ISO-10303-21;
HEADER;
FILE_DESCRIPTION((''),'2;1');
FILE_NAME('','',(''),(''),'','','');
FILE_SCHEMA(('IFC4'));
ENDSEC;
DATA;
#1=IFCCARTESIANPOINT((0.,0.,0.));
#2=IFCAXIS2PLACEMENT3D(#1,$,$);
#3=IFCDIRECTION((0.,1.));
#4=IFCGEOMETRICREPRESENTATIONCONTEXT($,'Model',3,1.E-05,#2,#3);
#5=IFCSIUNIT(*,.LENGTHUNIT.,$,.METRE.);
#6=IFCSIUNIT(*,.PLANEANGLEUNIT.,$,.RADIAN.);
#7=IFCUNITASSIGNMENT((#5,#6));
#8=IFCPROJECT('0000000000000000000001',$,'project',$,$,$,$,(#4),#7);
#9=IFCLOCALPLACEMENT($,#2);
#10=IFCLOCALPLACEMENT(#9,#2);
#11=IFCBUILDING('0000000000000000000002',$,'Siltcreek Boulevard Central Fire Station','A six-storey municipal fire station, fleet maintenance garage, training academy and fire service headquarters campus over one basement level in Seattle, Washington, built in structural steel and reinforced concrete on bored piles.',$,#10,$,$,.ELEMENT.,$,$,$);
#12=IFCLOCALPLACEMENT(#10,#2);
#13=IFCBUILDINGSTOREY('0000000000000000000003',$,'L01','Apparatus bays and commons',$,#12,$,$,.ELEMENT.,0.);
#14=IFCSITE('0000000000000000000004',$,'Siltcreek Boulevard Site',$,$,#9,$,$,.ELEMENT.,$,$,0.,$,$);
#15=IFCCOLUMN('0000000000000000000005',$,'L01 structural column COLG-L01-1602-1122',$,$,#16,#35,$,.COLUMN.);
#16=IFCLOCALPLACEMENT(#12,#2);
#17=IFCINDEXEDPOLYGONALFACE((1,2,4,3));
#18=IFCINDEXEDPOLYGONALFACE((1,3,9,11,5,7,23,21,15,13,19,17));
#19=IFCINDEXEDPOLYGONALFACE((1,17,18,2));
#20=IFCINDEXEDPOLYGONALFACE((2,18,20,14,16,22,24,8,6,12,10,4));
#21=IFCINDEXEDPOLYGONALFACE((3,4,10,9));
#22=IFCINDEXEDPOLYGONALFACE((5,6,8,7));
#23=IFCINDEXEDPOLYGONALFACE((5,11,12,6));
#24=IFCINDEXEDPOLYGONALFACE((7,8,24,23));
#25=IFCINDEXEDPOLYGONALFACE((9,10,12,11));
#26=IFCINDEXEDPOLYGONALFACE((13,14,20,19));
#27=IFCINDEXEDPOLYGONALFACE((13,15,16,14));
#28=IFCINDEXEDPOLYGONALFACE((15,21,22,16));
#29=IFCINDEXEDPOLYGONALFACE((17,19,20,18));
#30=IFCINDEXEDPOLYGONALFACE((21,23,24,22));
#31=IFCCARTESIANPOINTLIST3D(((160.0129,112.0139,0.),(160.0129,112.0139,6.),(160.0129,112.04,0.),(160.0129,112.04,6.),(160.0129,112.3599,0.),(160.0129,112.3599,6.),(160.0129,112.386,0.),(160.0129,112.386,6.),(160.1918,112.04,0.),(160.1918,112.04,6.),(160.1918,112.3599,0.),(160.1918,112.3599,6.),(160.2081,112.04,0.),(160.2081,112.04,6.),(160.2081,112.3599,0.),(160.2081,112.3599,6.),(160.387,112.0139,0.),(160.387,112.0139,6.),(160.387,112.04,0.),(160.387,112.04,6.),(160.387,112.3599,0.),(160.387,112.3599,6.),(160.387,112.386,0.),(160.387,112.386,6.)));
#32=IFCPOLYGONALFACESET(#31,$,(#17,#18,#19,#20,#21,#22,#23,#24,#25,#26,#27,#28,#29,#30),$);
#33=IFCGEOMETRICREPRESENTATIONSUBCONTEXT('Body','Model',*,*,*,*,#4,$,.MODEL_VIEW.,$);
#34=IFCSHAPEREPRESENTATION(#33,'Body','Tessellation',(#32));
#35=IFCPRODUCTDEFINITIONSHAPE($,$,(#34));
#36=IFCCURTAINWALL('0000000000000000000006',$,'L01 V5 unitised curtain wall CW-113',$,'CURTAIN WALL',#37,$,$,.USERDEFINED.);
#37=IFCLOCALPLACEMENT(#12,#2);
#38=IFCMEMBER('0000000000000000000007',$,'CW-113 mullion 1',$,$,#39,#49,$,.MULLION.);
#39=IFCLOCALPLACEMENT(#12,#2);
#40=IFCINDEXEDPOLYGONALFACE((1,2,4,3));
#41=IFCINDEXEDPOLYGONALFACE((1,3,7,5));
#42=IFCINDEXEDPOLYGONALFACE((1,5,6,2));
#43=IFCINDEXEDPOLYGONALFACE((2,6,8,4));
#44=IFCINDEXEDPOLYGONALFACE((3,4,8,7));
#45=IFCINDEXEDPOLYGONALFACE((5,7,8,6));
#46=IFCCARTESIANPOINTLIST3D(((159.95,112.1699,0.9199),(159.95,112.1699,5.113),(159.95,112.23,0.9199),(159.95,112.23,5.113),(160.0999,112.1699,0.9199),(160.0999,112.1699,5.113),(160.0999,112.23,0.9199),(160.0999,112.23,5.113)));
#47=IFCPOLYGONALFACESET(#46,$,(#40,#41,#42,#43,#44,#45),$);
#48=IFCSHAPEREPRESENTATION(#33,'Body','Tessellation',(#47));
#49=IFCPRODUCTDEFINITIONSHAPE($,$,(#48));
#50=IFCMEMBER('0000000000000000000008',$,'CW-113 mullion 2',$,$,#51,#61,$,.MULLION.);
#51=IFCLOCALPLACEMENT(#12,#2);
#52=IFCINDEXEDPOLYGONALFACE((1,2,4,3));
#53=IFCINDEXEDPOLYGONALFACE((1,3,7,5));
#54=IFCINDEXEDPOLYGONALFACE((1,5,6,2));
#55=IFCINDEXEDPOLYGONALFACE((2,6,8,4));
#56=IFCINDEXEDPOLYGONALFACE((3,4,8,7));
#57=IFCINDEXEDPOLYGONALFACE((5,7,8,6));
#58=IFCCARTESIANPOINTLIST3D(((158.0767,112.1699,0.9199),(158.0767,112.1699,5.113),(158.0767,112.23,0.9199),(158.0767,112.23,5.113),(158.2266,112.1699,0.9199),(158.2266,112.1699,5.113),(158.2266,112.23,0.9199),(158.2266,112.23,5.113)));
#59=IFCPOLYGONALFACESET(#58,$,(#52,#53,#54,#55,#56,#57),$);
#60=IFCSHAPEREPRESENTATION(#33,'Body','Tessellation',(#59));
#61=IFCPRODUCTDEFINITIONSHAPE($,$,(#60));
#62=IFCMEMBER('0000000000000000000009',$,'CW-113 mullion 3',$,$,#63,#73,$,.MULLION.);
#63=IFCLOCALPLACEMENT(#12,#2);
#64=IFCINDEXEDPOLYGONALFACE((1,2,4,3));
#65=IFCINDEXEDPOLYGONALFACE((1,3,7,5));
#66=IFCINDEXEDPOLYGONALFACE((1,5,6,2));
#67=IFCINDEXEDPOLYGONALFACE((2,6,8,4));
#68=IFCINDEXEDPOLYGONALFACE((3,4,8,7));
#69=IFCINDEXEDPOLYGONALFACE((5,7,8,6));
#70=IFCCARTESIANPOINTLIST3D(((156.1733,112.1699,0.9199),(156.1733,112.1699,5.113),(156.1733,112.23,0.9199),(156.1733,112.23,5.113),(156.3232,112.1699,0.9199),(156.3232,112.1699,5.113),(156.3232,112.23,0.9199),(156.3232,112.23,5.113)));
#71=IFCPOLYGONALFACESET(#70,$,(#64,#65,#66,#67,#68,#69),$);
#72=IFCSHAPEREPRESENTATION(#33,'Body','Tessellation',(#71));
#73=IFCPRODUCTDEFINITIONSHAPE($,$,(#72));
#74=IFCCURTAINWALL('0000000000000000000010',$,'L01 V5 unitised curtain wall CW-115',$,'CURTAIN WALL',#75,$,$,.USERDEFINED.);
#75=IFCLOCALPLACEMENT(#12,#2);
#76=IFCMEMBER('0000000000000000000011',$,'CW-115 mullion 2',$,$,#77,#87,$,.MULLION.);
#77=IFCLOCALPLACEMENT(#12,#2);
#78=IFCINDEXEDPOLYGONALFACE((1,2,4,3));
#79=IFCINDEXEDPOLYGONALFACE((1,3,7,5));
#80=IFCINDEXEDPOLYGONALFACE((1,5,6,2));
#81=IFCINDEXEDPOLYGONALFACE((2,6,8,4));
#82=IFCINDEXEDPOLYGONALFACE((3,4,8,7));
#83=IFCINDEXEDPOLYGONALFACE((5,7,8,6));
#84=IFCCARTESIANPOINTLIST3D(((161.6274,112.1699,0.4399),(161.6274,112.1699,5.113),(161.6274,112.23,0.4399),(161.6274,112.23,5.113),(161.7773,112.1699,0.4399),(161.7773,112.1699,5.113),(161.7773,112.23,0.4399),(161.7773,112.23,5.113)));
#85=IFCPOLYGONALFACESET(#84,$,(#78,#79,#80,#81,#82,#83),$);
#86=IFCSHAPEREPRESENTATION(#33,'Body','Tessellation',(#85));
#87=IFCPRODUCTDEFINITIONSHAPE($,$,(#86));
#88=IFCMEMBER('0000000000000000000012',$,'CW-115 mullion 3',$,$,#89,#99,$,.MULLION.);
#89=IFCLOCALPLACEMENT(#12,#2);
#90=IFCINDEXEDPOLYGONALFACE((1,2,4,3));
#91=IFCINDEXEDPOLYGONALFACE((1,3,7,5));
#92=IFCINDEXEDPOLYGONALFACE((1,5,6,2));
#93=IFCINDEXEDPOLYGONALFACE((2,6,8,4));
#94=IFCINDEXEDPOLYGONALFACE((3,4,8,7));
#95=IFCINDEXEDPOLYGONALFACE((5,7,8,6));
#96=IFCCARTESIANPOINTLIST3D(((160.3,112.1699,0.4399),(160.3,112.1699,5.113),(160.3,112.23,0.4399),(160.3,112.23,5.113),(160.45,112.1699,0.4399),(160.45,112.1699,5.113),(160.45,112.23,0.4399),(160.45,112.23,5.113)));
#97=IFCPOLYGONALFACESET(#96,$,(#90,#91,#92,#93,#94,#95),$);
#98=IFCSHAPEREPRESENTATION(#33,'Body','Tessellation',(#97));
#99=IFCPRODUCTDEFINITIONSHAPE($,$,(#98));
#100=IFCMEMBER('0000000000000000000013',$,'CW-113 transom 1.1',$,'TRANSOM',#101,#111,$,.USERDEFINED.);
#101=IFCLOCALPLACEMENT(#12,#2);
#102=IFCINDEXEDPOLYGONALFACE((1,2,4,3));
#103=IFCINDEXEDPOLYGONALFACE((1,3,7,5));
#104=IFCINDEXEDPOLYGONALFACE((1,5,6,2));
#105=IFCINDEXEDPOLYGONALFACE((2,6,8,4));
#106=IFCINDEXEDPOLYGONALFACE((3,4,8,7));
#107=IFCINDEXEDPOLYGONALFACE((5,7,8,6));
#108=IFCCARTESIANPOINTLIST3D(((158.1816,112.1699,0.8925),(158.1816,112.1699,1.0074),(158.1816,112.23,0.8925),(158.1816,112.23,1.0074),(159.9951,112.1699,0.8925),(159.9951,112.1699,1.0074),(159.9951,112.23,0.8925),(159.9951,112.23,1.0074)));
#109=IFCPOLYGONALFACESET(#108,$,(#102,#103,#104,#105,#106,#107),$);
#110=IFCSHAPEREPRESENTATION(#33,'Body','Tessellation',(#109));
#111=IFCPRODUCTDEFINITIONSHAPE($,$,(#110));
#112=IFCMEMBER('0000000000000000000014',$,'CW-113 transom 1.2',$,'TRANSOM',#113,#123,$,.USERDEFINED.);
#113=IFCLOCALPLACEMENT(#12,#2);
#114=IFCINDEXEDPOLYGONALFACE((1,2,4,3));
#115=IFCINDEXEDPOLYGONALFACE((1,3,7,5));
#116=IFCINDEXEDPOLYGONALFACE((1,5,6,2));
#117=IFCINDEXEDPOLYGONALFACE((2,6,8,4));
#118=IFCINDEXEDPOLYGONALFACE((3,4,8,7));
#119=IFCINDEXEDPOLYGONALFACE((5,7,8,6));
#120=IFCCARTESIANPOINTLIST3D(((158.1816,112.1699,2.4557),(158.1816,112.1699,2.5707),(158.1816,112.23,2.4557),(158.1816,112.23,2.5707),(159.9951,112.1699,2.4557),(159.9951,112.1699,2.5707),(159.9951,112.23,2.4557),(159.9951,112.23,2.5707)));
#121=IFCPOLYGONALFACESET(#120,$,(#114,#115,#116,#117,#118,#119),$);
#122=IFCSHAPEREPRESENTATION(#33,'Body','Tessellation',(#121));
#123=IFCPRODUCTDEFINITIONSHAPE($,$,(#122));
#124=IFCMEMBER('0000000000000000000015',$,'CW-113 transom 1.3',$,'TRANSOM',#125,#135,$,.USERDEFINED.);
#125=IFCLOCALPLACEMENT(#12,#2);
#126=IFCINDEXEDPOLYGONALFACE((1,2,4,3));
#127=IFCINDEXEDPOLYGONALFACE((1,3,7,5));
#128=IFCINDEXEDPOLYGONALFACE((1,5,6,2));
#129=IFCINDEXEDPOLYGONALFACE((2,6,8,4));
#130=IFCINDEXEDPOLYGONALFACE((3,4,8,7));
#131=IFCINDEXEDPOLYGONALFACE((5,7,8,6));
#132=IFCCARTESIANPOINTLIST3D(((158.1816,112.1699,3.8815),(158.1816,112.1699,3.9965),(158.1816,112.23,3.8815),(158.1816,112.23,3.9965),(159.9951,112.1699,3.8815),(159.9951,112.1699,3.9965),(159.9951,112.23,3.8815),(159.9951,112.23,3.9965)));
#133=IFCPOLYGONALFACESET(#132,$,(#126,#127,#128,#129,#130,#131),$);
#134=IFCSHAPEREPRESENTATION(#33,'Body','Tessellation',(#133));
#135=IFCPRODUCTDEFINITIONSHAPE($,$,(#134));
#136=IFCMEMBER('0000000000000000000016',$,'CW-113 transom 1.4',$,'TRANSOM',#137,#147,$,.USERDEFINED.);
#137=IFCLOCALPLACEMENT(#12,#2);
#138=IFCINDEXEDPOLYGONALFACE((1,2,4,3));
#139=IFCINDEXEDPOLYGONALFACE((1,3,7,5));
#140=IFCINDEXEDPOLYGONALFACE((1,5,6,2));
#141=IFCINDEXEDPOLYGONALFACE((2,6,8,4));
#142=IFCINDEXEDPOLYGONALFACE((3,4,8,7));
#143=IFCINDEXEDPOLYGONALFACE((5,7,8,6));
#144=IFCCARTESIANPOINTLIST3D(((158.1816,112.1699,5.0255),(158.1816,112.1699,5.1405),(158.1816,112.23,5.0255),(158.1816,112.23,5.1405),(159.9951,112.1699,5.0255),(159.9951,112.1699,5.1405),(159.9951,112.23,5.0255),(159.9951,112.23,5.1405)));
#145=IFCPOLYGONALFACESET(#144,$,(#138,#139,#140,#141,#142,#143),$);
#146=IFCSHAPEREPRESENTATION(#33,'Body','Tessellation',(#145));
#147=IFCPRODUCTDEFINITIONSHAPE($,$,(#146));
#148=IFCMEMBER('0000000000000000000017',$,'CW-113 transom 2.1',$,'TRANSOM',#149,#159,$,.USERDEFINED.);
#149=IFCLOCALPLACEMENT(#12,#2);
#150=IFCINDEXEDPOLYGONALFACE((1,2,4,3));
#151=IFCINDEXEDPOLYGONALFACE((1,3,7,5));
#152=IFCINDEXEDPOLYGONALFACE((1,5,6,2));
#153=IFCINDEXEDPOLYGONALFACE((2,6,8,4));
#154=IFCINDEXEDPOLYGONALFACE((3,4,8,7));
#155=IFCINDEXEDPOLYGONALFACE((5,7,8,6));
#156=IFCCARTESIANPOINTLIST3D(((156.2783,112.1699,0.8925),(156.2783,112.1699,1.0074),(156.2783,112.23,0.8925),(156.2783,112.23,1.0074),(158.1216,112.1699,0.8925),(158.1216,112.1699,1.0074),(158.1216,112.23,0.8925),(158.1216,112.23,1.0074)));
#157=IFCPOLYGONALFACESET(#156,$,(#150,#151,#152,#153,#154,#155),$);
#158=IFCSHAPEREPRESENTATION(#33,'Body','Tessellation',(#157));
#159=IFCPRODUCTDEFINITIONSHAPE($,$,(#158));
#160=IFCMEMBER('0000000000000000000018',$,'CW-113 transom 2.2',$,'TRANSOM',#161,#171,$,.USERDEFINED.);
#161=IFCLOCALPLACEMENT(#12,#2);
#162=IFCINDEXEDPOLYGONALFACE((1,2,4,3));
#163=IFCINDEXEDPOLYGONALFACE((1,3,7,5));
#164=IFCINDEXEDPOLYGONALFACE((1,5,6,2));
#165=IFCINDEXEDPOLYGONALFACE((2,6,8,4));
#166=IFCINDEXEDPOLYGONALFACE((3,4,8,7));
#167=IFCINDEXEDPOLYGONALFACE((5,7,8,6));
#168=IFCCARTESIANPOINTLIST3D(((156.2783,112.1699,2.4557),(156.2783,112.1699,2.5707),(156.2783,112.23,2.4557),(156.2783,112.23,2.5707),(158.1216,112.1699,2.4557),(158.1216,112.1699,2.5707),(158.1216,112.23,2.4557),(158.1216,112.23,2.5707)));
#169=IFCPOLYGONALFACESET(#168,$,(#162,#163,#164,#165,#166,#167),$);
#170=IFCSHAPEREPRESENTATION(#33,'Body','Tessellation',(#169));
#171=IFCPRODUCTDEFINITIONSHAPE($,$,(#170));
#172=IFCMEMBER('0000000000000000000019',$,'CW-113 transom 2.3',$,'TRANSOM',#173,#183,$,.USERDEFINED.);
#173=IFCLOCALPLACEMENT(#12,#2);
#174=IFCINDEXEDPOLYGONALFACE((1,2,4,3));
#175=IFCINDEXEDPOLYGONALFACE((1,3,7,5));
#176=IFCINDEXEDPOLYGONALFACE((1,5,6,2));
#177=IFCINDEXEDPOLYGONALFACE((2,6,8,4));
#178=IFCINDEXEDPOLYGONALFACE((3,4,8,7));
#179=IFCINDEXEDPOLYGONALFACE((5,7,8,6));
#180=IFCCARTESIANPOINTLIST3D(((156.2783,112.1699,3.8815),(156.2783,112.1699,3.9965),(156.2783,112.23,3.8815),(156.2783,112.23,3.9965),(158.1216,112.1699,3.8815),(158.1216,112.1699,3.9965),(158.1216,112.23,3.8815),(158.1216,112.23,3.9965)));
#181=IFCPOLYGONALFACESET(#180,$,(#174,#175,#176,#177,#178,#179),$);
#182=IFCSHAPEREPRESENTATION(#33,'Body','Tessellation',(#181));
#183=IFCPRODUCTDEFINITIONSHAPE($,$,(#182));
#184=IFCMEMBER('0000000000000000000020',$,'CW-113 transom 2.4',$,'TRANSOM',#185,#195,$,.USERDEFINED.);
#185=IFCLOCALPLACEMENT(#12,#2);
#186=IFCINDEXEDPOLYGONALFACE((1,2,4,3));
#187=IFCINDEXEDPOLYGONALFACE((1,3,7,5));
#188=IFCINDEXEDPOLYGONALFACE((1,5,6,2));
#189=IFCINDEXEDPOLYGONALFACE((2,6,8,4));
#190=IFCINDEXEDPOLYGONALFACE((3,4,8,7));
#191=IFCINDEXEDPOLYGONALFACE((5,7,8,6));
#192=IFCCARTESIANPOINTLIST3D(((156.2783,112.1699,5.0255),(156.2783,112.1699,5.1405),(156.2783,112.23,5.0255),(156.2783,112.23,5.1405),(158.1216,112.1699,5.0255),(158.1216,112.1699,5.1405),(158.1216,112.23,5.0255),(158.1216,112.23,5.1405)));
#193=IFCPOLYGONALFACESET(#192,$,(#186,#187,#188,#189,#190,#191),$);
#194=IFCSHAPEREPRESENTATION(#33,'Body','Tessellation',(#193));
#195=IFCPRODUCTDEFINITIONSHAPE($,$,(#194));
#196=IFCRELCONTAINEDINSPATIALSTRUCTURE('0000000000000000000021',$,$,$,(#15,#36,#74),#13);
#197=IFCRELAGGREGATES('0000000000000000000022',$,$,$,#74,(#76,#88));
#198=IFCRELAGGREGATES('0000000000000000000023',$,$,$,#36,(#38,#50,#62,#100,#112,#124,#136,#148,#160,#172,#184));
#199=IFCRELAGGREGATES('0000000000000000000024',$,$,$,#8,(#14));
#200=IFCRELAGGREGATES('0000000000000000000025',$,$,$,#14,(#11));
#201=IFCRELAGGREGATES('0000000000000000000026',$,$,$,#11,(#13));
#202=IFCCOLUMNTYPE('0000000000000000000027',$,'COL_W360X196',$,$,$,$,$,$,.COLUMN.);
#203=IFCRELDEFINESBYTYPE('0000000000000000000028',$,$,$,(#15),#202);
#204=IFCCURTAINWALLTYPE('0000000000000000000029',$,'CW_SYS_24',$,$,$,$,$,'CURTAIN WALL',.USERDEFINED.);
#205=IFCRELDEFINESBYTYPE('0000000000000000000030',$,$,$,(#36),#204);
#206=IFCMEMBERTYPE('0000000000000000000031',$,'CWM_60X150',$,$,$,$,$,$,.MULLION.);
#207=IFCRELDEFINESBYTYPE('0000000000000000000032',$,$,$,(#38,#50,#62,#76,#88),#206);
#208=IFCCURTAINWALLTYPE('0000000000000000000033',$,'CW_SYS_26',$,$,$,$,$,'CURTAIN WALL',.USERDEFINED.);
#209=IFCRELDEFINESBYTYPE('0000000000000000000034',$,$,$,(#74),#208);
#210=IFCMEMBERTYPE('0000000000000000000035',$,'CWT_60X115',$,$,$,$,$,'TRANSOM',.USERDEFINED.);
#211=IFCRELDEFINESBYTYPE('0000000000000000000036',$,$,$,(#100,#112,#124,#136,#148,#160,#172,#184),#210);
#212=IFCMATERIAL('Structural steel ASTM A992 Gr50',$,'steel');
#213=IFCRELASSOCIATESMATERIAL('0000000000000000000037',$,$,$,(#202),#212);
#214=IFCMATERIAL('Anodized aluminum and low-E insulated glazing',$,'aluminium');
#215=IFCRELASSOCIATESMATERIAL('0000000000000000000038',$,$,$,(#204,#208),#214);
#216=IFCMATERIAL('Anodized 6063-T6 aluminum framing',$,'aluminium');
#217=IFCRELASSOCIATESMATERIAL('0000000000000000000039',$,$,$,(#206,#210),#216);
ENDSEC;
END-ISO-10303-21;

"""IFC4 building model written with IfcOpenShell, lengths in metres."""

from ifc_helpers import new_model, si_unit, direction, frame, origin, origin_2d, place, context, subcontext, project, spatial, rectangle, i_section, extrude, material, material_profile, profile_set, type_object, element, aggregate, save


model = new_model("IFC4")

# Units and contexts
model_context = context("Model", 3, precision=1e-05, world=origin(), true_north=direction((0.0, 1.0)))
body_context = subcontext(model_context, "Body", "Model", "MODEL_VIEW")
ifc_project = project(units=[si_unit("LENGTHUNIT", "METRE"), si_unit("PLANEANGLEUNIT", "RADIAN")], contexts=[model_context])

# Site, building, storey
site_placement = place(None, origin())
site = spatial("IfcSite", under=ifc_project, at=site_placement, Name="Siltcreek Boulevard Site", CompositionType="ELEMENT", RefElevation=0.0)
building_placement = place(site_placement, origin())
building = spatial("IfcBuilding", under=site, at=building_placement, Name="Siltcreek Boulevard Central Fire Station", Description="A six-storey municipal fire station, fleet maintenance garage, training academy and fire service headquarters campus over one basement level in Seattle, Washington, built in structural steel and reinforced concrete on bored piles.", CompositionType="ELEMENT")
storey_placement = place(building_placement, origin())
storey = spatial("IfcBuildingStorey", under=building, at=storey_placement, Name="L01", Description="Apparatus bays and commons", CompositionType="ELEMENT", Elevation=0.0)

# Column
ifc_material_1 = material(Name="Structural steel ASTM A992 Gr50", Category="steel")
ifc_material_profile_1 = material_profile(ifc_material_1, i_section(OverallWidth=0.374, OverallDepth=0.3721, WebThickness=0.0164, FlangeThickness=0.0261, at=origin_2d()), Name="W360X196")
ifc_profile_set_1 = profile_set([ifc_material_profile_1], Name="Structural steel ASTM A992 Gr50")
column_type = type_object("IfcColumnType", Name="COL_W360X196", PredefinedType="COLUMN", material=ifc_profile_set_1)
column_placement = place(storey_placement, frame((160.2, 112.2, 0.0), z_axis=(0.0, 0.0, 1.0), x_axis=(1.0, 0.0, 0.0)))
element("IfcColumn", 1, at=column_placement, inside=storey, type_object=column_type, Name="L01 structural column COLG-L01-1602-1122", PredefinedType="COLUMN", context=body_context, shape_type="SweptSolid", body=[
    extrude(i_section(OverallWidth=0.374, OverallDepth=0.3721, WebThickness=0.0164, FlangeThickness=0.0261, at=origin_2d()), origin(), (0.0, 0.0, 1.0), 6.0),
])

# Curtain walls, members
ifc_material_2 = material(Name="Anodized aluminum and low-E insulated glazing", Category="aluminium")
curtain_wall_type_1 = type_object("IfcCurtainWallType", Name="CW_SYS_24", ElementType="CURTAIN WALL", PredefinedType="USERDEFINED", material=ifc_material_2)
curtain_wall_1_placement = place(storey_placement, origin())
curtain_wall_1 = element("IfcCurtainWall", 2, at=curtain_wall_1_placement, inside=storey, type_object=curtain_wall_type_1, Name="L01 V5 unitised curtain wall CW-113", ObjectType="CURTAIN WALL", PredefinedType="USERDEFINED")
ifc_material_3 = material(Name="Anodized 6063-T6 aluminum framing", Category="aluminium")
ifc_material_profile_2 = material_profile(ifc_material_3, rectangle(XDim=0.0601, YDim=0.1499, at=origin_2d()), Name="MULL60X150")
ifc_profile_set_2 = profile_set([ifc_material_profile_2], Name="Anodized 6063-T6 aluminum framing")
member_type_1 = type_object("IfcMemberType", Name="CWM_60X150", PredefinedType="MULLION", material=ifc_profile_set_2)
member_1_placement = place(storey_placement, frame((160.0249, 112.2, 0.9199), z_axis=(0.0, 0.0, 1.0), x_axis=(0.0, -1.0, 0.0)))
member_1 = element("IfcMember", 3, at=member_1_placement, type_object=member_type_1, Name="CW-113 mullion 1", PredefinedType="MULLION", context=body_context, shape_type="SweptSolid", body=[
    extrude(rectangle(XDim=0.0601, YDim=0.1499, at=origin_2d()), origin(), (0.0, 0.0, 1.0), 4.1931),
])
member_2_placement = place(storey_placement, frame((158.1516, 112.2, 0.9199), z_axis=(0.0, 0.0, 1.0), x_axis=(0.0, -1.0, 0.0)))
member_2 = element("IfcMember", 4, at=member_2_placement, type_object=member_type_1, Name="CW-113 mullion 2", PredefinedType="MULLION", context=body_context, shape_type="SweptSolid", body=[
    extrude(rectangle(XDim=0.0601, YDim=0.1499, at=origin_2d()), origin(), (0.0, 0.0, 1.0), 4.1931),
])
member_3_placement = place(storey_placement, frame((156.2483, 112.2, 0.9199), z_axis=(0.0, 0.0, 1.0), x_axis=(0.0, -1.0, 0.0)))
member_3 = element("IfcMember", 5, at=member_3_placement, type_object=member_type_1, Name="CW-113 mullion 3", PredefinedType="MULLION", context=body_context, shape_type="SweptSolid", body=[
    extrude(rectangle(XDim=0.0601, YDim=0.1499, at=origin_2d()), origin(), (0.0, 0.0, 1.0), 4.1931),
])
curtain_wall_type_2 = type_object("IfcCurtainWallType", Name="CW_SYS_26", ElementType="CURTAIN WALL", PredefinedType="USERDEFINED", material=ifc_material_2)
curtain_wall_2_placement = place(storey_placement, origin())
curtain_wall_2 = element("IfcCurtainWall", 6, at=curtain_wall_2_placement, inside=storey, type_object=curtain_wall_type_2, Name="L01 V5 unitised curtain wall CW-115", ObjectType="CURTAIN WALL", PredefinedType="USERDEFINED")
member_4_placement = place(storey_placement, frame((161.7024, 112.2, 0.4399), z_axis=(0.0, 0.0, 1.0), x_axis=(0.0, -1.0, 0.0)))
member_4 = element("IfcMember", 7, at=member_4_placement, type_object=member_type_1, Name="CW-115 mullion 2", PredefinedType="MULLION", context=body_context, shape_type="SweptSolid", body=[
    extrude(rectangle(XDim=0.0601, YDim=0.1499, at=origin_2d()), origin(), (0.0, 0.0, 1.0), 4.6731),
])
member_5_placement = place(storey_placement, frame((160.375, 112.2, 0.4399), z_axis=(0.0, 0.0, 1.0), x_axis=(0.0, -1.0, 0.0)))
member_5 = element("IfcMember", 8, at=member_5_placement, type_object=member_type_1, Name="CW-115 mullion 3", PredefinedType="MULLION", context=body_context, shape_type="SweptSolid", body=[
    extrude(rectangle(XDim=0.0601, YDim=0.1499, at=origin_2d()), origin(), (0.0, 0.0, 1.0), 4.6731),
])

# Members
ifc_material_profile_3 = material_profile(ifc_material_3, rectangle(XDim=0.0601, YDim=0.115, at=origin_2d()), Name="TRAN60X115")
ifc_profile_set_3 = profile_set([ifc_material_profile_3], Name="Anodized 6063-T6 aluminum framing")
member_type_2 = type_object("IfcMemberType", Name="CWT_60X115", ElementType="TRANSOM", PredefinedType="USERDEFINED", material=ifc_profile_set_3)
member_6_placement = place(storey_placement, frame((159.9951, 112.2, 0.95), z_axis=(-1.0, 0.0, 0.0), x_axis=(0.0, -1.0, 0.0)))
member_6 = element("IfcMember", 9, at=member_6_placement, type_object=member_type_2, Name="CW-113 transom 1.1", ObjectType="TRANSOM", PredefinedType="USERDEFINED", context=body_context, shape_type="SweptSolid", body=[
    extrude(rectangle(XDim=0.0601, YDim=0.115, at=origin_2d()), origin(), (0.0, 0.0, 1.0), 1.8135),
])
member_7_placement = place(storey_placement, frame((159.9951, 112.2, 2.5132), z_axis=(-1.0, 0.0, 0.0), x_axis=(0.0, -1.0, 0.0)))
member_7 = element("IfcMember", 10, at=member_7_placement, type_object=member_type_2, Name="CW-113 transom 1.2", ObjectType="TRANSOM", PredefinedType="USERDEFINED", context=body_context, shape_type="SweptSolid", body=[
    extrude(rectangle(XDim=0.0601, YDim=0.115, at=origin_2d()), origin(), (0.0, 0.0, 1.0), 1.8135),
])
member_8_placement = place(storey_placement, frame((159.9951, 112.2, 3.939), z_axis=(-1.0, 0.0, 0.0), x_axis=(0.0, -1.0, 0.0)))
member_8 = element("IfcMember", 11, at=member_8_placement, type_object=member_type_2, Name="CW-113 transom 1.3", ObjectType="TRANSOM", PredefinedType="USERDEFINED", context=body_context, shape_type="SweptSolid", body=[
    extrude(rectangle(XDim=0.0601, YDim=0.115, at=origin_2d()), origin(), (0.0, 0.0, 1.0), 1.8135),
])
member_9_placement = place(storey_placement, frame((159.9951, 112.2, 5.083), z_axis=(-1.0, 0.0, 0.0), x_axis=(0.0, -1.0, 0.0)))
member_9 = element("IfcMember", 12, at=member_9_placement, type_object=member_type_2, Name="CW-113 transom 1.4", ObjectType="TRANSOM", PredefinedType="USERDEFINED", context=body_context, shape_type="SweptSolid", body=[
    extrude(rectangle(XDim=0.0601, YDim=0.115, at=origin_2d()), origin(), (0.0, 0.0, 1.0), 1.8135),
])
member_10_placement = place(storey_placement, frame((158.1216, 112.2, 0.95), z_axis=(-1.0, 0.0, 0.0), x_axis=(0.0, -1.0, 0.0)))
member_10 = element("IfcMember", 13, at=member_10_placement, type_object=member_type_2, Name="CW-113 transom 2.1", ObjectType="TRANSOM", PredefinedType="USERDEFINED", context=body_context, shape_type="SweptSolid", body=[
    extrude(rectangle(XDim=0.0601, YDim=0.115, at=origin_2d()), origin(), (0.0, 0.0, 1.0), 1.8433),
])
member_11_placement = place(storey_placement, frame((158.1216, 112.2, 2.5132), z_axis=(-1.0, 0.0, 0.0), x_axis=(0.0, -1.0, 0.0)))
member_11 = element("IfcMember", 14, at=member_11_placement, type_object=member_type_2, Name="CW-113 transom 2.2", ObjectType="TRANSOM", PredefinedType="USERDEFINED", context=body_context, shape_type="SweptSolid", body=[
    extrude(rectangle(XDim=0.0601, YDim=0.115, at=origin_2d()), origin(), (0.0, 0.0, 1.0), 1.8433),
])
member_12_placement = place(storey_placement, frame((158.1216, 112.2, 3.939), z_axis=(-1.0, 0.0, 0.0), x_axis=(0.0, -1.0, 0.0)))
member_12 = element("IfcMember", 15, at=member_12_placement, type_object=member_type_2, Name="CW-113 transom 2.3", ObjectType="TRANSOM", PredefinedType="USERDEFINED", context=body_context, shape_type="SweptSolid", body=[
    extrude(rectangle(XDim=0.0601, YDim=0.115, at=origin_2d()), origin(), (0.0, 0.0, 1.0), 1.8433),
])
member_13_placement = place(storey_placement, frame((158.1216, 112.2, 5.083), z_axis=(-1.0, 0.0, 0.0), x_axis=(0.0, -1.0, 0.0)))
member_13 = element("IfcMember", 16, at=member_13_placement, type_object=member_type_2, Name="CW-113 transom 2.4", ObjectType="TRANSOM", PredefinedType="USERDEFINED", context=body_context, shape_type="SweptSolid", body=[
    extrude(rectangle(XDim=0.0601, YDim=0.115, at=origin_2d()), origin(), (0.0, 0.0, 1.0), 1.8433),
])

aggregate(curtain_wall_2, [member_4, member_5])
aggregate(curtain_wall_1, [member_1, member_2, member_3, member_6, member_7, member_8, member_9, member_10, member_11, member_12, member_13])

save(model, "model.ifc")
